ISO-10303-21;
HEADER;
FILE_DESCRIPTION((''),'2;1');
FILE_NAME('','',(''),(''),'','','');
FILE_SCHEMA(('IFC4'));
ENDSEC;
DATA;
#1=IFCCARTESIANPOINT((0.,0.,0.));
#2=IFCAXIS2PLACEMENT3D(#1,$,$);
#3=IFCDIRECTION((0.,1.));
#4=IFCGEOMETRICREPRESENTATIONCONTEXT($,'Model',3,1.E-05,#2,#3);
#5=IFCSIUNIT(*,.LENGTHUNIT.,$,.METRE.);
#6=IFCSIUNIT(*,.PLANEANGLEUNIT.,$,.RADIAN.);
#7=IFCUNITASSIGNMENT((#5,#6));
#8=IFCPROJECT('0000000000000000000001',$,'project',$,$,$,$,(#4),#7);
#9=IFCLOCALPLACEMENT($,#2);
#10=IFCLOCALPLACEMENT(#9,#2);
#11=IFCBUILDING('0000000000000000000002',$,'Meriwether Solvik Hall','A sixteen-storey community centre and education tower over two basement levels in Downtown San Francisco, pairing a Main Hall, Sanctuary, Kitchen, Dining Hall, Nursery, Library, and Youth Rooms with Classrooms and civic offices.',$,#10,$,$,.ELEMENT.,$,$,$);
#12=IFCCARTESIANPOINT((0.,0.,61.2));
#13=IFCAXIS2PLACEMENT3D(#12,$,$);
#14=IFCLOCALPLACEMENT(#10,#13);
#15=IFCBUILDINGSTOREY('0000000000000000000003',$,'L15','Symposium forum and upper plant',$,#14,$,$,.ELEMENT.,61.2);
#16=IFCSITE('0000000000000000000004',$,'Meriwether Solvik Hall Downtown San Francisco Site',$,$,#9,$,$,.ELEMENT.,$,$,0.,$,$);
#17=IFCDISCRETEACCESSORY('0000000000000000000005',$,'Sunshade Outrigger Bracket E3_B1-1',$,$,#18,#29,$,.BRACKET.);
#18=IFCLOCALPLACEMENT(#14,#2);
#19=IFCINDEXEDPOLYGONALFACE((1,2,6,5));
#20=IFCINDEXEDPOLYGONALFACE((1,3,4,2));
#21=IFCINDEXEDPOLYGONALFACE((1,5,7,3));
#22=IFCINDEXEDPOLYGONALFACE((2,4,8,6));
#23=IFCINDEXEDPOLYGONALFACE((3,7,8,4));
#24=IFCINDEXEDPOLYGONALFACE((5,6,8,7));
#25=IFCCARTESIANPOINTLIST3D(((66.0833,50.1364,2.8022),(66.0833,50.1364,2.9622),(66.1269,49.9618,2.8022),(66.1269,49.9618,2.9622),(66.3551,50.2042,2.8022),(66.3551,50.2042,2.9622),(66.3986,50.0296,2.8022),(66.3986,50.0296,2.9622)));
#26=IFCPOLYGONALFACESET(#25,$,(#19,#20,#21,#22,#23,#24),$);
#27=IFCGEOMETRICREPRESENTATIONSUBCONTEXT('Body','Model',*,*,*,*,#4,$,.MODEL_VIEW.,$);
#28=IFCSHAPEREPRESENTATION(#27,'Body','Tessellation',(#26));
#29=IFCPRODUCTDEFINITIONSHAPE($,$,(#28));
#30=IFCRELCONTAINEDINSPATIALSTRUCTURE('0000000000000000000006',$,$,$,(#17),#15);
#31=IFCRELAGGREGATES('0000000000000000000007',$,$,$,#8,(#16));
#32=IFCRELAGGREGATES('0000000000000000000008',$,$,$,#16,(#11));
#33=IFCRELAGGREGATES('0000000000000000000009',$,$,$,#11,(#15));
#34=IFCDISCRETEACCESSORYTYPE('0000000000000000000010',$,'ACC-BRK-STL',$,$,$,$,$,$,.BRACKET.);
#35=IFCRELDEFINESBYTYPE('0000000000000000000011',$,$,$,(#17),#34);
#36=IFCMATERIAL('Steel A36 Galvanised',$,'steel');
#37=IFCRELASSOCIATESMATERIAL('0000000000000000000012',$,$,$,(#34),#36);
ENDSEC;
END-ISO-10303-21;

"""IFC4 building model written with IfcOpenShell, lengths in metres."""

from ifc_helpers import new_model, si_unit, direction, frame, origin, origin_2d, place, context, subcontext, project, spatial, rectangle, extrude, material, type_object, element, save


model = new_model("IFC4")

# Units and contexts
model_context = context("Model", 3, precision=1e-05, world=origin(), true_north=direction((0.0, 1.0)))
body_context = subcontext(model_context, "Body", "Model", "MODEL_VIEW")
ifc_project = project(units=[si_unit("LENGTHUNIT", "METRE"), si_unit("PLANEANGLEUNIT", "RADIAN")], contexts=[model_context])

# Site, building, storey
site_placement = place(None, origin())
site = spatial("IfcSite", under=ifc_project, at=site_placement, Name="Meriwether Solvik Hall Downtown San Francisco Site", CompositionType="ELEMENT", RefElevation=0.0)
building_placement = place(site_placement, origin())
building = spatial("IfcBuilding", under=site, at=building_placement, Name="Meriwether Solvik Hall", Description="A sixteen-storey community centre and education tower over two basement levels in Downtown San Francisco, pairing a Main Hall, Sanctuary, Kitchen, Dining Hall, Nursery, Library, and Youth Rooms with Classrooms and civic offices.", CompositionType="ELEMENT")
storey_placement = place(building_placement, frame((0.0, 0.0, 61.2)))
storey = spatial("IfcBuildingStorey", under=building, at=storey_placement, Name="L15", Description="Symposium forum and upper plant", CompositionType="ELEMENT", Elevation=61.2)

# Discrete accessory
ifc_material_1 = material(Name="Steel A36 Galvanised", Category="steel")
discrete_accessory_type = type_object("IfcDiscreteAccessoryType", Name="ACC-BRK-STL", PredefinedType="BRACKET", material=ifc_material_1)
discrete_accessory_placement = place(storey_placement, frame((66.241, 50.083, 2.8022), z_axis=(0.0, 0.0, 1.0), x_axis=(-0.241922, 0.970296, 0.0)))
element("IfcDiscreteAccessory", 1, at=discrete_accessory_placement, inside=storey, type_object=discrete_accessory_type, Name="Sunshade Outrigger Bracket E3_B1-1", PredefinedType="BRACKET", context=body_context, shape_type="SweptSolid", body=[
    extrude(rectangle(XDim=0.1799, YDim=0.28, at=origin_2d()), origin(), (0.0, 0.0, 1.0), 0.1599),
])

save(model, "model.ifc")
